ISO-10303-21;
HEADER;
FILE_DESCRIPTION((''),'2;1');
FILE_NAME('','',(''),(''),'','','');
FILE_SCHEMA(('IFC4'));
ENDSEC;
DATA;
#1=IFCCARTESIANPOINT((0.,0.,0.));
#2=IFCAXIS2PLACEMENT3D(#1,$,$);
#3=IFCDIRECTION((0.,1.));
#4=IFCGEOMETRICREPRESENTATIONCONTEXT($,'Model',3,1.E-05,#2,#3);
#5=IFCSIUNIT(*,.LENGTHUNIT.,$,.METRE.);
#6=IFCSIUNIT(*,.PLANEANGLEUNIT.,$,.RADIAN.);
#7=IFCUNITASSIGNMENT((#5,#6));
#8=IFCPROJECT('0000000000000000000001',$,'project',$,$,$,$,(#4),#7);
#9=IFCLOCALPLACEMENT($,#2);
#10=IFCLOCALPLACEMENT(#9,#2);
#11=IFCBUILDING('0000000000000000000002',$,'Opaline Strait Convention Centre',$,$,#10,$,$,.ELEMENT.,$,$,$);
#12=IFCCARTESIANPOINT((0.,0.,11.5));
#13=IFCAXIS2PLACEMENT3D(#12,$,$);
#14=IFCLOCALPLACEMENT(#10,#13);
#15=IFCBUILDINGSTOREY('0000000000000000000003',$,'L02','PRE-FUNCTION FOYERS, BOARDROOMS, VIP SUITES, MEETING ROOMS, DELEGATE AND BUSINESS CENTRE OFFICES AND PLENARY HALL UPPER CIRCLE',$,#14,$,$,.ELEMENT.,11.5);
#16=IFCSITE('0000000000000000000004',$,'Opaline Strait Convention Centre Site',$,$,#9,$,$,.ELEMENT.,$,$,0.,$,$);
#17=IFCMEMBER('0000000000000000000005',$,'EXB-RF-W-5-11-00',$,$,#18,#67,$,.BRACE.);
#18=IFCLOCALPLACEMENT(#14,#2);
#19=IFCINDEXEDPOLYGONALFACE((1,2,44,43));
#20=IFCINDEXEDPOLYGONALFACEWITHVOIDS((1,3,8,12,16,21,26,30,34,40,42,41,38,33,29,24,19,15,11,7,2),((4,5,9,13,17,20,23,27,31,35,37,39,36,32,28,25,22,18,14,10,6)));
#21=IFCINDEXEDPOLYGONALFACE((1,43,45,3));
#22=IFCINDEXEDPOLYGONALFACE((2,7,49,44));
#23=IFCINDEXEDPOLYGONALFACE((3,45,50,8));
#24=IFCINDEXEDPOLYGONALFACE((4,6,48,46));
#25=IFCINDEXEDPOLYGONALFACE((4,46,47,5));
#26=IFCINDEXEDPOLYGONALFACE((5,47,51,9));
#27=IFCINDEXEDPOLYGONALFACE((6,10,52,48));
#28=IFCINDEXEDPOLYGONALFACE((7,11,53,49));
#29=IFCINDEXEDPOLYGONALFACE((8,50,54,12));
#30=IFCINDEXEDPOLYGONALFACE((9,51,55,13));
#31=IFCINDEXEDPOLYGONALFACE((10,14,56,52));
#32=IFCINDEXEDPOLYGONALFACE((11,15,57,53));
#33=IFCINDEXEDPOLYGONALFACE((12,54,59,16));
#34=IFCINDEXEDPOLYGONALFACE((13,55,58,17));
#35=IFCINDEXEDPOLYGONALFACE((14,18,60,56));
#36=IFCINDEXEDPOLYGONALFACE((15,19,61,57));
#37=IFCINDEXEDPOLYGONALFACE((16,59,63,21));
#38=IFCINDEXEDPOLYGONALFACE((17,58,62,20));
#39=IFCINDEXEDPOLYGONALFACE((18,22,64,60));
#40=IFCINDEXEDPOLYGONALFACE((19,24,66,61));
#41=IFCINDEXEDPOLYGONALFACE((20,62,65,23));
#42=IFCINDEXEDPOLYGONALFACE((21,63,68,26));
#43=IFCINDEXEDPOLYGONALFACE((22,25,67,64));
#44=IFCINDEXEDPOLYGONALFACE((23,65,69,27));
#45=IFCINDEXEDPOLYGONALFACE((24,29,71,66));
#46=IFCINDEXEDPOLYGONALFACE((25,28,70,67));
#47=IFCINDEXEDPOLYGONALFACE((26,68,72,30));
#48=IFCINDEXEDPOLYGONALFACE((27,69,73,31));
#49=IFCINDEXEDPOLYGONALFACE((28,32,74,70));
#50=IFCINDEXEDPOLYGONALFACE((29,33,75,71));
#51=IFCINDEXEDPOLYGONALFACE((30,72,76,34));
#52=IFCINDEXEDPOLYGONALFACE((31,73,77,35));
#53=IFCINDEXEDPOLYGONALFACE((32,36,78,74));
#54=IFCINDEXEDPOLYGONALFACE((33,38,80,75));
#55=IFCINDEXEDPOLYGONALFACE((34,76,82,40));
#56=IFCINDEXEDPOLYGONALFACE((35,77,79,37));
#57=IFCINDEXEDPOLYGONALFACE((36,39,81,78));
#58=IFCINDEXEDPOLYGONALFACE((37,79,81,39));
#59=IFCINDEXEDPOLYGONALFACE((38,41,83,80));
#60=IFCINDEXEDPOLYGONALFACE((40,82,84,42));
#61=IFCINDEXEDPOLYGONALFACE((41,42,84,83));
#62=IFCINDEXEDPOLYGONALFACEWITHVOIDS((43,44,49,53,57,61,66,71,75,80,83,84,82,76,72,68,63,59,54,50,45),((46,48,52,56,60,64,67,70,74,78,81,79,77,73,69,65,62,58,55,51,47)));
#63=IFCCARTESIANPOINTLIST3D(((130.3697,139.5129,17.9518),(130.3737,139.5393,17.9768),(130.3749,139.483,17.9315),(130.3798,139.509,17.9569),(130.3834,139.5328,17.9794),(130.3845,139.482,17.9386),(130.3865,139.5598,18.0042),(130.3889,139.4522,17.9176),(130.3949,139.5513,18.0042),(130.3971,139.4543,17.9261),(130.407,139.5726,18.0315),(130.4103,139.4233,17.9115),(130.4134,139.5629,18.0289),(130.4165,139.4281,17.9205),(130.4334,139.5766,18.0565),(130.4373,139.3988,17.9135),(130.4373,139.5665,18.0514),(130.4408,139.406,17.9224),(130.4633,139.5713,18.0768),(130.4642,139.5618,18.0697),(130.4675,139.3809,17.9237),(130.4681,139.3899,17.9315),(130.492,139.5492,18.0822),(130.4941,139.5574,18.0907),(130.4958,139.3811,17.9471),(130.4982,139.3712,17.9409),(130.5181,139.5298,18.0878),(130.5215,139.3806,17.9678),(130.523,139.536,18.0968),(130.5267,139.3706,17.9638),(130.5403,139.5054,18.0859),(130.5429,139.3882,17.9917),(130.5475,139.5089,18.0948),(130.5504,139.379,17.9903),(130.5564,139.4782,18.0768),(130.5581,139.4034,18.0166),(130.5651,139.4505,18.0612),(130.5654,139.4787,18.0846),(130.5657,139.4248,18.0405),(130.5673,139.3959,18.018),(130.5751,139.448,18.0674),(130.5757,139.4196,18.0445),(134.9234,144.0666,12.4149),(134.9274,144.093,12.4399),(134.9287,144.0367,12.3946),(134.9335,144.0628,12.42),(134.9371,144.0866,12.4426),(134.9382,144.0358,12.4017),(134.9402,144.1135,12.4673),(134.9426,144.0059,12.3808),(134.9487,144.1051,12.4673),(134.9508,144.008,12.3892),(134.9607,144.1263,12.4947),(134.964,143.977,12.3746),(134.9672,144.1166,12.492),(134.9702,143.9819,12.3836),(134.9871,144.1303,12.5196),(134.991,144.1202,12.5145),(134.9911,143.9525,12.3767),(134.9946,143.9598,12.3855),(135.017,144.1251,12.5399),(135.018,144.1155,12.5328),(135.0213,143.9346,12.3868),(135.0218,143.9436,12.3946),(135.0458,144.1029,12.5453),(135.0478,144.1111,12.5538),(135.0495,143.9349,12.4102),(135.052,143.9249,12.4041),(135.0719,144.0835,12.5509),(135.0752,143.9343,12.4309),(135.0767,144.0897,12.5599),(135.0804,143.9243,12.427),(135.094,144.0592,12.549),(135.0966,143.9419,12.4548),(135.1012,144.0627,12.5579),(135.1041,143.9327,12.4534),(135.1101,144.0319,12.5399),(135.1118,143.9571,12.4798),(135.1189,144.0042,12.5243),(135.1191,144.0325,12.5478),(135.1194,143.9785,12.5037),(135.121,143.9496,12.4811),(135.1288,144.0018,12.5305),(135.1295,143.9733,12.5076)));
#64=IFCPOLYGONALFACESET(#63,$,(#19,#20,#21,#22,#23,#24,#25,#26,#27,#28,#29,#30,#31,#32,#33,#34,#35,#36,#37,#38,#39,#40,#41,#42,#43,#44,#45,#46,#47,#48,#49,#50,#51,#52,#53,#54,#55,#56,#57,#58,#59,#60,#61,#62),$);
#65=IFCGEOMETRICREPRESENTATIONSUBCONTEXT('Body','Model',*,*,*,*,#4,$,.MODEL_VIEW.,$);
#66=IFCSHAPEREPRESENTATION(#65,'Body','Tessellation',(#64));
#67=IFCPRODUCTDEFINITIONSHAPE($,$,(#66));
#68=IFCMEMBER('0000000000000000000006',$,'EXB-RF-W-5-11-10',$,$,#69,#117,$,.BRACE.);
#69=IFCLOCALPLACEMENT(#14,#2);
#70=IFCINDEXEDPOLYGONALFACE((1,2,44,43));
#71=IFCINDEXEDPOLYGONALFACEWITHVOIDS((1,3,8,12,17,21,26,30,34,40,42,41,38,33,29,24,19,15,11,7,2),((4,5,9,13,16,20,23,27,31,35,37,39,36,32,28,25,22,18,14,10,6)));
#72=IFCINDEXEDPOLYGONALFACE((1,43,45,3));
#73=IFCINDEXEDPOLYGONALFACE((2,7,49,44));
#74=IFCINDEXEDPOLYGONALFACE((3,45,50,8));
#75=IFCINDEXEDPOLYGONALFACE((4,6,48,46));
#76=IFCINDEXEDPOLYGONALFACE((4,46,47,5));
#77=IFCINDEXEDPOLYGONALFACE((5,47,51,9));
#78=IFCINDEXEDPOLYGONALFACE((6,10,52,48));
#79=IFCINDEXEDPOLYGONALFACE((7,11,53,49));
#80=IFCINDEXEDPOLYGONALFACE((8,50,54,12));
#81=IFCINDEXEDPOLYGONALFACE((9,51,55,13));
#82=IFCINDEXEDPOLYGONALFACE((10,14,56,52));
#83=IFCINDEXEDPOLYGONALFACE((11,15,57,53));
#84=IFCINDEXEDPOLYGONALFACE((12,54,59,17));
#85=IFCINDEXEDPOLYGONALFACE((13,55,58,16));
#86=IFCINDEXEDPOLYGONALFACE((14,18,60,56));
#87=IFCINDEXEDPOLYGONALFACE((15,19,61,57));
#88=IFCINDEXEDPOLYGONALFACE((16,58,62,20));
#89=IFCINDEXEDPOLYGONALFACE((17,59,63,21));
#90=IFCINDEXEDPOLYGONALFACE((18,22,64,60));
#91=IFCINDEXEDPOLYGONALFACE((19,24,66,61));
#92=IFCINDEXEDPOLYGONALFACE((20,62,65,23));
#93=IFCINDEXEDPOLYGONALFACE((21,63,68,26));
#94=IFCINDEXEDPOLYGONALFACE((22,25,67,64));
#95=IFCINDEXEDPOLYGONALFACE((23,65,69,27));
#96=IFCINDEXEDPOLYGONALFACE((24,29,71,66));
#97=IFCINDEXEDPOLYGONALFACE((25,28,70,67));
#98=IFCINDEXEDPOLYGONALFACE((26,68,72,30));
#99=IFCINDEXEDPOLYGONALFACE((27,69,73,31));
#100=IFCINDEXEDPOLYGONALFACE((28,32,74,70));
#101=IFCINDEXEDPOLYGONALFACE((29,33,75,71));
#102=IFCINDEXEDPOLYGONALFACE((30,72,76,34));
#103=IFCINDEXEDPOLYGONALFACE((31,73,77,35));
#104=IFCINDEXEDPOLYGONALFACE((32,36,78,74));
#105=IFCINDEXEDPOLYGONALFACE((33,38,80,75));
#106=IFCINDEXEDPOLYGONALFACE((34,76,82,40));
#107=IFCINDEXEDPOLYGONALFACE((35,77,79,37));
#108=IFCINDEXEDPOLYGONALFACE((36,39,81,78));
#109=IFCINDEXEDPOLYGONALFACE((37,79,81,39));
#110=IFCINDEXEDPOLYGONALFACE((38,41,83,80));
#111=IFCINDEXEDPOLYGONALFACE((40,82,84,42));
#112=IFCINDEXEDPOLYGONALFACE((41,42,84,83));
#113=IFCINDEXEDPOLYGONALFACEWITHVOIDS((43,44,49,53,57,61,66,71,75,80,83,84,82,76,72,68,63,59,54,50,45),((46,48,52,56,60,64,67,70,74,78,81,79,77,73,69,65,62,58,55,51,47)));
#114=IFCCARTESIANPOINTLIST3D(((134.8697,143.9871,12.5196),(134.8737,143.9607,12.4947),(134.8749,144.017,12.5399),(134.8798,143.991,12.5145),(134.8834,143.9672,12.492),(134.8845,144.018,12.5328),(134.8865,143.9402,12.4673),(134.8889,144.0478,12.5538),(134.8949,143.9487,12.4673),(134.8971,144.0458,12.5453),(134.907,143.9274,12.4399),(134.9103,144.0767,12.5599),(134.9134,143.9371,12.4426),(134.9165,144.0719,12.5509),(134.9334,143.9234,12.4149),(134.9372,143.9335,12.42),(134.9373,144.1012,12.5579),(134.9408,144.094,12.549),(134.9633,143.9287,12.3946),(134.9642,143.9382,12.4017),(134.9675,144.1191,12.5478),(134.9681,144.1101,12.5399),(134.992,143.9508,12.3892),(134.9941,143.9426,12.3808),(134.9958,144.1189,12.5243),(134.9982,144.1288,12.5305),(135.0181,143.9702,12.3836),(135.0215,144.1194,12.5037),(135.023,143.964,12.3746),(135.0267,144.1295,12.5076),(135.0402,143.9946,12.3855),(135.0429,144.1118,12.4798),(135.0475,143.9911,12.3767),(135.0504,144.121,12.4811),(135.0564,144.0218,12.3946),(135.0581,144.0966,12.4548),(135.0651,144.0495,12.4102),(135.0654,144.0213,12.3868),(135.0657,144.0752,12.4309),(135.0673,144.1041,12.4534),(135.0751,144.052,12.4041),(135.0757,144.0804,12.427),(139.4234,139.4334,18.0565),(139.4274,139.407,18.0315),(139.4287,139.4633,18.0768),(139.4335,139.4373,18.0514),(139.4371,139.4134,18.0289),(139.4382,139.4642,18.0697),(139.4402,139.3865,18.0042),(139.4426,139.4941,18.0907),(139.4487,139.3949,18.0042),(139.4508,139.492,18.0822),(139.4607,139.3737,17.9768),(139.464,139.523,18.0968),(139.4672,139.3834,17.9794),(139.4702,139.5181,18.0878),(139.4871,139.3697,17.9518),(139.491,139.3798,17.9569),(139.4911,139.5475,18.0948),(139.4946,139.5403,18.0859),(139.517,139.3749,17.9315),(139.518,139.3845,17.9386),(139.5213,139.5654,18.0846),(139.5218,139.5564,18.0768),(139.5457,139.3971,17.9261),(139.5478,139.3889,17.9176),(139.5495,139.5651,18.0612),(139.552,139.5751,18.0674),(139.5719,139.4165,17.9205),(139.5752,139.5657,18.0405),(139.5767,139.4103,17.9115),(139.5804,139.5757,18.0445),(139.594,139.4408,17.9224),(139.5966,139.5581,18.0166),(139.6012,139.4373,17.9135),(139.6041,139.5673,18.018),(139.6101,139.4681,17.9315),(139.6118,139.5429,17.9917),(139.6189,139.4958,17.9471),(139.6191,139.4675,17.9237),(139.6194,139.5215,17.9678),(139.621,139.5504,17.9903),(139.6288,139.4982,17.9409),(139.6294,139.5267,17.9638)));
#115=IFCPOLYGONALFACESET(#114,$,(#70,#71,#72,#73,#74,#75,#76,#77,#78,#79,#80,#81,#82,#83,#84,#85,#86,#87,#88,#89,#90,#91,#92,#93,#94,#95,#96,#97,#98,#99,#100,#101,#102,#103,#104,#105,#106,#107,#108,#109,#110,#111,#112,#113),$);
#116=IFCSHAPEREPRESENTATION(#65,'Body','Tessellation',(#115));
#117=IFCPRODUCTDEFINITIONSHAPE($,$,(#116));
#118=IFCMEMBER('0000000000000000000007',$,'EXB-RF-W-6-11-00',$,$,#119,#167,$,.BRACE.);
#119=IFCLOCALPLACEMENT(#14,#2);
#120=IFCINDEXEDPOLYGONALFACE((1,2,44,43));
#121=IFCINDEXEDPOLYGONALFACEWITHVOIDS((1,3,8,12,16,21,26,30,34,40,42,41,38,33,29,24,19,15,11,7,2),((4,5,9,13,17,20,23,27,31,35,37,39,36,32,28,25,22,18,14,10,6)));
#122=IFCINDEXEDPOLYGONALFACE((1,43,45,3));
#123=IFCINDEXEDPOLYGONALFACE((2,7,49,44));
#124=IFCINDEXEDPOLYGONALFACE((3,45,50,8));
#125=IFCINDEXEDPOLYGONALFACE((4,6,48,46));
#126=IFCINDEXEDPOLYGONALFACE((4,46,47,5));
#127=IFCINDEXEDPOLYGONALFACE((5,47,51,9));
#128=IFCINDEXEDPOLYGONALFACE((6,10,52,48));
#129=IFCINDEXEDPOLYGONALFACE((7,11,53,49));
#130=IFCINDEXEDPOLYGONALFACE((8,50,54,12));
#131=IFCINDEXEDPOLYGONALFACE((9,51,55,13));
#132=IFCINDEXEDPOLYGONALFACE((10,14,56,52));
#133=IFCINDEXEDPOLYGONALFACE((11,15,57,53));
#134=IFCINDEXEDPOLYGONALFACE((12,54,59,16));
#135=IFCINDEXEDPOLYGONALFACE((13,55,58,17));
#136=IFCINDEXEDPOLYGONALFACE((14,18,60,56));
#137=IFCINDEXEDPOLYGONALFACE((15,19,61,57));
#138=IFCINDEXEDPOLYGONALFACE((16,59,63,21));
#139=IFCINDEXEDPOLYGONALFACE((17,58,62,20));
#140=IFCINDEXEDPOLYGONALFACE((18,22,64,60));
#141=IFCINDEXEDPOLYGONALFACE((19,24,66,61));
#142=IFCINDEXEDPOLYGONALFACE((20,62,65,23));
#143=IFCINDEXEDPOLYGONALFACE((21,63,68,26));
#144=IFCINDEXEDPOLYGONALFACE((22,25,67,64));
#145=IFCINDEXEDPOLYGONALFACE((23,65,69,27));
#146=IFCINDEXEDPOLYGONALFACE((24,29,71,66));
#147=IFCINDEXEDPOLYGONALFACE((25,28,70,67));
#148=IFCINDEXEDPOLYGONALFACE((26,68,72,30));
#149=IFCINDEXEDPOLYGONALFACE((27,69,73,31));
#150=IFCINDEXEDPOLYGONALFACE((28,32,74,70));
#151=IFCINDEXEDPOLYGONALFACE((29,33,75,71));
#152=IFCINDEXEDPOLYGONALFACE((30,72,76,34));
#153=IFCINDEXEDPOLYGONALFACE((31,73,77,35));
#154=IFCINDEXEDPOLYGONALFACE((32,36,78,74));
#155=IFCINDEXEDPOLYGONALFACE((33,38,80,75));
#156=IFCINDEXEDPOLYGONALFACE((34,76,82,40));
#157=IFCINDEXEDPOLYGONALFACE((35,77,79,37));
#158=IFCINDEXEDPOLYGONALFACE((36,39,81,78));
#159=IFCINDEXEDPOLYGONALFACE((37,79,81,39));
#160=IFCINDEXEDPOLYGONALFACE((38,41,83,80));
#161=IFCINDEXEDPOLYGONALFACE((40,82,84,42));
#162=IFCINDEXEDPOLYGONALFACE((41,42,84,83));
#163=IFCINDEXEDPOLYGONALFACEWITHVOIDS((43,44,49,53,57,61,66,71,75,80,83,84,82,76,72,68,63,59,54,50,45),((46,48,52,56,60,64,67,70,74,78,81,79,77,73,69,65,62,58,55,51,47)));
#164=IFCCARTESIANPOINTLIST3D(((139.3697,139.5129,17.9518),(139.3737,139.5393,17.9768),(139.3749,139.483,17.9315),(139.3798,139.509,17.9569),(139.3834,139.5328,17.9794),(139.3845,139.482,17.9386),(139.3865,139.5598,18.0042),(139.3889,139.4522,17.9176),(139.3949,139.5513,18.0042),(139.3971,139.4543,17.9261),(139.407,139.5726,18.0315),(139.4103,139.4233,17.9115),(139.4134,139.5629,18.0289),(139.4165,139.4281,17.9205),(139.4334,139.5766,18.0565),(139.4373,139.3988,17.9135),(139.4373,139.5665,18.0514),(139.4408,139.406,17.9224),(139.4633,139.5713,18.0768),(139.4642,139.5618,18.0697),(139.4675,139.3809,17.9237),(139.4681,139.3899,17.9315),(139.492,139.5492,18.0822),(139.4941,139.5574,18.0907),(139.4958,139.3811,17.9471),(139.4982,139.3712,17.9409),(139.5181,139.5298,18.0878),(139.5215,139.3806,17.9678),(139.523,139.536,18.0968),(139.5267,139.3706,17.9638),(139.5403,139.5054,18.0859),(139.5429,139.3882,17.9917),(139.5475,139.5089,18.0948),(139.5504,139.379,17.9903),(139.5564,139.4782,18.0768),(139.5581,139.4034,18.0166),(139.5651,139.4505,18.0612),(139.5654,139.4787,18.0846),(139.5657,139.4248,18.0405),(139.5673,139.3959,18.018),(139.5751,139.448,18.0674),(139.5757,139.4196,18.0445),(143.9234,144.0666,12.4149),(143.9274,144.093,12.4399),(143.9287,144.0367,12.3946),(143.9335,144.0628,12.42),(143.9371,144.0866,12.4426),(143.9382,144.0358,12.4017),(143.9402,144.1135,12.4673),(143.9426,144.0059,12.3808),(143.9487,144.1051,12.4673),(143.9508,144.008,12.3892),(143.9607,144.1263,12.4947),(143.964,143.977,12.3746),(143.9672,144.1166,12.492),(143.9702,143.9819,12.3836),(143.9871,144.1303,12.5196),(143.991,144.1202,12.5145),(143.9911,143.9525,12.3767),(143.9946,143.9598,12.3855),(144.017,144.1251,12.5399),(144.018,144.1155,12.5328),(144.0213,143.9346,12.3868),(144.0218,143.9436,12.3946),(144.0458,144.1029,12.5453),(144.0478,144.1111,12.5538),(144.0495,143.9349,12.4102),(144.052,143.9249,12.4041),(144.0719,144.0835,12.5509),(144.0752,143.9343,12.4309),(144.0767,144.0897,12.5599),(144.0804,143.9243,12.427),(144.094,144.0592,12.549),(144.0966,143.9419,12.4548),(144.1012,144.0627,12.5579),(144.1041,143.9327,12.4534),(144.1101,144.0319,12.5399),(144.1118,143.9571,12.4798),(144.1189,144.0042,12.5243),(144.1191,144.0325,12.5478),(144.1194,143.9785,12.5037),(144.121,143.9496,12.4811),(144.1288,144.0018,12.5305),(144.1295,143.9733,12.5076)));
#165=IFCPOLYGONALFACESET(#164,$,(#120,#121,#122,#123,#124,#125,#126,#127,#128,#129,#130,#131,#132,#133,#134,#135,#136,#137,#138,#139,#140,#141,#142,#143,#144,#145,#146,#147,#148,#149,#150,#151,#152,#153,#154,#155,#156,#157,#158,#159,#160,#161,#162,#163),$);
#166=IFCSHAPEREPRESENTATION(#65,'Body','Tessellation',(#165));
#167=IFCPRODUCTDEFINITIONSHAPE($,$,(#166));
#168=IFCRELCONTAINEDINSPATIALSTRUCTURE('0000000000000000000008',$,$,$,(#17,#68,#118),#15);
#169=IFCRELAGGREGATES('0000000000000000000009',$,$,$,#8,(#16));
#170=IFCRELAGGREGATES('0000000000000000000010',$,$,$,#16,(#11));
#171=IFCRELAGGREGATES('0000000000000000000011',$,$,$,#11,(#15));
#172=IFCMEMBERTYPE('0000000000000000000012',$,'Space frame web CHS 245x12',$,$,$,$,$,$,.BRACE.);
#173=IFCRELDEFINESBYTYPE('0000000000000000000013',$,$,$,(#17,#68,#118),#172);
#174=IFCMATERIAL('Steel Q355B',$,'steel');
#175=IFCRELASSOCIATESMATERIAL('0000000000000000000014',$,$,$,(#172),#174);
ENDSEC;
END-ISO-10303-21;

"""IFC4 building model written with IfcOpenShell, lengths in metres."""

from ifc_helpers import new_model, si_unit, direction, frame, origin, origin_2d, place, context, subcontext, project, spatial, hollow_circle, extrude, material, material_profile, profile_set, type_object, element, save


model = new_model("IFC4")

# Units and contexts
model_context = context("Model", 3, precision=1e-05, world=origin(), true_north=direction((0.0, 1.0)))
body_context = subcontext(model_context, "Body", "Model", "MODEL_VIEW")
ifc_project = project(units=[si_unit("LENGTHUNIT", "METRE"), si_unit("PLANEANGLEUNIT", "RADIAN")], contexts=[model_context])

# Site, building, storey
site_placement = place(None, origin())
site = spatial("IfcSite", under=ifc_project, at=site_placement, Name="Opaline Strait Convention Centre Site", CompositionType="ELEMENT", RefElevation=0.0)
building_placement = place(site_placement, origin())
building = spatial("IfcBuilding", under=site, at=building_placement, Name="Opaline Strait Convention Centre", CompositionType="ELEMENT")
storey_placement = place(building_placement, frame((0.0, 0.0, 11.5)))
storey = spatial("IfcBuildingStorey", under=building, at=storey_placement, Name="L02", Description="PRE-FUNCTION FOYERS, BOARDROOMS, VIP SUITES, MEETING ROOMS, DELEGATE AND BUSINESS CENTRE OFFICES AND PLENARY HALL UPPER CIRCLE", CompositionType="ELEMENT", Elevation=11.5)

# Members
ifc_material = material(Name="Steel Q355B", Category="steel")
ifc_material_profile_1 = material_profile(ifc_material, hollow_circle(Radius=0.1226, WallThickness=0.012, at=origin_2d()), Name="CHS 245x12")
ifc_profile_set_1 = profile_set([ifc_material_profile_1], Name="Steel Q355B")
member_type_1 = type_object("IfcMemberType", Name="Space frame web CHS 245x12", PredefinedType="BRACE", material=ifc_profile_set_1)
for number, where, z_axis, x_axis, name in (
    (1, (130.4731, 139.4731, 18.0042), (0.536178, 0.536178, -0.65194), (-0.707107, 0.707107, 0.0), "EXB-RF-W-5-11-00"),
    (2, (139.5269, 139.4731, 18.0042), (-0.536178, 0.536178, -0.65194), (-0.707107, -0.707107, 0.0), "EXB-RF-W-5-11-10"),
    (3, (139.4731, 139.4731, 18.0042), (0.536178, 0.536178, -0.65194), (-0.707107, 0.707107, 0.0), "EXB-RF-W-6-11-00"),
):
    element("IfcMember", number, at=place(storey_placement, frame(where, z_axis=z_axis, x_axis=x_axis)), inside=storey, type_object=member_type_1, Name=name, PredefinedType="BRACE", context=body_context, shape_type="SweptSolid", body=[
        extrude(hollow_circle(Radius=0.1226, WallThickness=0.012, at=origin_2d()), origin(), (0.0, 0.0, 1.0), 8.4929),
    ])

save(model, "model.ifc")
